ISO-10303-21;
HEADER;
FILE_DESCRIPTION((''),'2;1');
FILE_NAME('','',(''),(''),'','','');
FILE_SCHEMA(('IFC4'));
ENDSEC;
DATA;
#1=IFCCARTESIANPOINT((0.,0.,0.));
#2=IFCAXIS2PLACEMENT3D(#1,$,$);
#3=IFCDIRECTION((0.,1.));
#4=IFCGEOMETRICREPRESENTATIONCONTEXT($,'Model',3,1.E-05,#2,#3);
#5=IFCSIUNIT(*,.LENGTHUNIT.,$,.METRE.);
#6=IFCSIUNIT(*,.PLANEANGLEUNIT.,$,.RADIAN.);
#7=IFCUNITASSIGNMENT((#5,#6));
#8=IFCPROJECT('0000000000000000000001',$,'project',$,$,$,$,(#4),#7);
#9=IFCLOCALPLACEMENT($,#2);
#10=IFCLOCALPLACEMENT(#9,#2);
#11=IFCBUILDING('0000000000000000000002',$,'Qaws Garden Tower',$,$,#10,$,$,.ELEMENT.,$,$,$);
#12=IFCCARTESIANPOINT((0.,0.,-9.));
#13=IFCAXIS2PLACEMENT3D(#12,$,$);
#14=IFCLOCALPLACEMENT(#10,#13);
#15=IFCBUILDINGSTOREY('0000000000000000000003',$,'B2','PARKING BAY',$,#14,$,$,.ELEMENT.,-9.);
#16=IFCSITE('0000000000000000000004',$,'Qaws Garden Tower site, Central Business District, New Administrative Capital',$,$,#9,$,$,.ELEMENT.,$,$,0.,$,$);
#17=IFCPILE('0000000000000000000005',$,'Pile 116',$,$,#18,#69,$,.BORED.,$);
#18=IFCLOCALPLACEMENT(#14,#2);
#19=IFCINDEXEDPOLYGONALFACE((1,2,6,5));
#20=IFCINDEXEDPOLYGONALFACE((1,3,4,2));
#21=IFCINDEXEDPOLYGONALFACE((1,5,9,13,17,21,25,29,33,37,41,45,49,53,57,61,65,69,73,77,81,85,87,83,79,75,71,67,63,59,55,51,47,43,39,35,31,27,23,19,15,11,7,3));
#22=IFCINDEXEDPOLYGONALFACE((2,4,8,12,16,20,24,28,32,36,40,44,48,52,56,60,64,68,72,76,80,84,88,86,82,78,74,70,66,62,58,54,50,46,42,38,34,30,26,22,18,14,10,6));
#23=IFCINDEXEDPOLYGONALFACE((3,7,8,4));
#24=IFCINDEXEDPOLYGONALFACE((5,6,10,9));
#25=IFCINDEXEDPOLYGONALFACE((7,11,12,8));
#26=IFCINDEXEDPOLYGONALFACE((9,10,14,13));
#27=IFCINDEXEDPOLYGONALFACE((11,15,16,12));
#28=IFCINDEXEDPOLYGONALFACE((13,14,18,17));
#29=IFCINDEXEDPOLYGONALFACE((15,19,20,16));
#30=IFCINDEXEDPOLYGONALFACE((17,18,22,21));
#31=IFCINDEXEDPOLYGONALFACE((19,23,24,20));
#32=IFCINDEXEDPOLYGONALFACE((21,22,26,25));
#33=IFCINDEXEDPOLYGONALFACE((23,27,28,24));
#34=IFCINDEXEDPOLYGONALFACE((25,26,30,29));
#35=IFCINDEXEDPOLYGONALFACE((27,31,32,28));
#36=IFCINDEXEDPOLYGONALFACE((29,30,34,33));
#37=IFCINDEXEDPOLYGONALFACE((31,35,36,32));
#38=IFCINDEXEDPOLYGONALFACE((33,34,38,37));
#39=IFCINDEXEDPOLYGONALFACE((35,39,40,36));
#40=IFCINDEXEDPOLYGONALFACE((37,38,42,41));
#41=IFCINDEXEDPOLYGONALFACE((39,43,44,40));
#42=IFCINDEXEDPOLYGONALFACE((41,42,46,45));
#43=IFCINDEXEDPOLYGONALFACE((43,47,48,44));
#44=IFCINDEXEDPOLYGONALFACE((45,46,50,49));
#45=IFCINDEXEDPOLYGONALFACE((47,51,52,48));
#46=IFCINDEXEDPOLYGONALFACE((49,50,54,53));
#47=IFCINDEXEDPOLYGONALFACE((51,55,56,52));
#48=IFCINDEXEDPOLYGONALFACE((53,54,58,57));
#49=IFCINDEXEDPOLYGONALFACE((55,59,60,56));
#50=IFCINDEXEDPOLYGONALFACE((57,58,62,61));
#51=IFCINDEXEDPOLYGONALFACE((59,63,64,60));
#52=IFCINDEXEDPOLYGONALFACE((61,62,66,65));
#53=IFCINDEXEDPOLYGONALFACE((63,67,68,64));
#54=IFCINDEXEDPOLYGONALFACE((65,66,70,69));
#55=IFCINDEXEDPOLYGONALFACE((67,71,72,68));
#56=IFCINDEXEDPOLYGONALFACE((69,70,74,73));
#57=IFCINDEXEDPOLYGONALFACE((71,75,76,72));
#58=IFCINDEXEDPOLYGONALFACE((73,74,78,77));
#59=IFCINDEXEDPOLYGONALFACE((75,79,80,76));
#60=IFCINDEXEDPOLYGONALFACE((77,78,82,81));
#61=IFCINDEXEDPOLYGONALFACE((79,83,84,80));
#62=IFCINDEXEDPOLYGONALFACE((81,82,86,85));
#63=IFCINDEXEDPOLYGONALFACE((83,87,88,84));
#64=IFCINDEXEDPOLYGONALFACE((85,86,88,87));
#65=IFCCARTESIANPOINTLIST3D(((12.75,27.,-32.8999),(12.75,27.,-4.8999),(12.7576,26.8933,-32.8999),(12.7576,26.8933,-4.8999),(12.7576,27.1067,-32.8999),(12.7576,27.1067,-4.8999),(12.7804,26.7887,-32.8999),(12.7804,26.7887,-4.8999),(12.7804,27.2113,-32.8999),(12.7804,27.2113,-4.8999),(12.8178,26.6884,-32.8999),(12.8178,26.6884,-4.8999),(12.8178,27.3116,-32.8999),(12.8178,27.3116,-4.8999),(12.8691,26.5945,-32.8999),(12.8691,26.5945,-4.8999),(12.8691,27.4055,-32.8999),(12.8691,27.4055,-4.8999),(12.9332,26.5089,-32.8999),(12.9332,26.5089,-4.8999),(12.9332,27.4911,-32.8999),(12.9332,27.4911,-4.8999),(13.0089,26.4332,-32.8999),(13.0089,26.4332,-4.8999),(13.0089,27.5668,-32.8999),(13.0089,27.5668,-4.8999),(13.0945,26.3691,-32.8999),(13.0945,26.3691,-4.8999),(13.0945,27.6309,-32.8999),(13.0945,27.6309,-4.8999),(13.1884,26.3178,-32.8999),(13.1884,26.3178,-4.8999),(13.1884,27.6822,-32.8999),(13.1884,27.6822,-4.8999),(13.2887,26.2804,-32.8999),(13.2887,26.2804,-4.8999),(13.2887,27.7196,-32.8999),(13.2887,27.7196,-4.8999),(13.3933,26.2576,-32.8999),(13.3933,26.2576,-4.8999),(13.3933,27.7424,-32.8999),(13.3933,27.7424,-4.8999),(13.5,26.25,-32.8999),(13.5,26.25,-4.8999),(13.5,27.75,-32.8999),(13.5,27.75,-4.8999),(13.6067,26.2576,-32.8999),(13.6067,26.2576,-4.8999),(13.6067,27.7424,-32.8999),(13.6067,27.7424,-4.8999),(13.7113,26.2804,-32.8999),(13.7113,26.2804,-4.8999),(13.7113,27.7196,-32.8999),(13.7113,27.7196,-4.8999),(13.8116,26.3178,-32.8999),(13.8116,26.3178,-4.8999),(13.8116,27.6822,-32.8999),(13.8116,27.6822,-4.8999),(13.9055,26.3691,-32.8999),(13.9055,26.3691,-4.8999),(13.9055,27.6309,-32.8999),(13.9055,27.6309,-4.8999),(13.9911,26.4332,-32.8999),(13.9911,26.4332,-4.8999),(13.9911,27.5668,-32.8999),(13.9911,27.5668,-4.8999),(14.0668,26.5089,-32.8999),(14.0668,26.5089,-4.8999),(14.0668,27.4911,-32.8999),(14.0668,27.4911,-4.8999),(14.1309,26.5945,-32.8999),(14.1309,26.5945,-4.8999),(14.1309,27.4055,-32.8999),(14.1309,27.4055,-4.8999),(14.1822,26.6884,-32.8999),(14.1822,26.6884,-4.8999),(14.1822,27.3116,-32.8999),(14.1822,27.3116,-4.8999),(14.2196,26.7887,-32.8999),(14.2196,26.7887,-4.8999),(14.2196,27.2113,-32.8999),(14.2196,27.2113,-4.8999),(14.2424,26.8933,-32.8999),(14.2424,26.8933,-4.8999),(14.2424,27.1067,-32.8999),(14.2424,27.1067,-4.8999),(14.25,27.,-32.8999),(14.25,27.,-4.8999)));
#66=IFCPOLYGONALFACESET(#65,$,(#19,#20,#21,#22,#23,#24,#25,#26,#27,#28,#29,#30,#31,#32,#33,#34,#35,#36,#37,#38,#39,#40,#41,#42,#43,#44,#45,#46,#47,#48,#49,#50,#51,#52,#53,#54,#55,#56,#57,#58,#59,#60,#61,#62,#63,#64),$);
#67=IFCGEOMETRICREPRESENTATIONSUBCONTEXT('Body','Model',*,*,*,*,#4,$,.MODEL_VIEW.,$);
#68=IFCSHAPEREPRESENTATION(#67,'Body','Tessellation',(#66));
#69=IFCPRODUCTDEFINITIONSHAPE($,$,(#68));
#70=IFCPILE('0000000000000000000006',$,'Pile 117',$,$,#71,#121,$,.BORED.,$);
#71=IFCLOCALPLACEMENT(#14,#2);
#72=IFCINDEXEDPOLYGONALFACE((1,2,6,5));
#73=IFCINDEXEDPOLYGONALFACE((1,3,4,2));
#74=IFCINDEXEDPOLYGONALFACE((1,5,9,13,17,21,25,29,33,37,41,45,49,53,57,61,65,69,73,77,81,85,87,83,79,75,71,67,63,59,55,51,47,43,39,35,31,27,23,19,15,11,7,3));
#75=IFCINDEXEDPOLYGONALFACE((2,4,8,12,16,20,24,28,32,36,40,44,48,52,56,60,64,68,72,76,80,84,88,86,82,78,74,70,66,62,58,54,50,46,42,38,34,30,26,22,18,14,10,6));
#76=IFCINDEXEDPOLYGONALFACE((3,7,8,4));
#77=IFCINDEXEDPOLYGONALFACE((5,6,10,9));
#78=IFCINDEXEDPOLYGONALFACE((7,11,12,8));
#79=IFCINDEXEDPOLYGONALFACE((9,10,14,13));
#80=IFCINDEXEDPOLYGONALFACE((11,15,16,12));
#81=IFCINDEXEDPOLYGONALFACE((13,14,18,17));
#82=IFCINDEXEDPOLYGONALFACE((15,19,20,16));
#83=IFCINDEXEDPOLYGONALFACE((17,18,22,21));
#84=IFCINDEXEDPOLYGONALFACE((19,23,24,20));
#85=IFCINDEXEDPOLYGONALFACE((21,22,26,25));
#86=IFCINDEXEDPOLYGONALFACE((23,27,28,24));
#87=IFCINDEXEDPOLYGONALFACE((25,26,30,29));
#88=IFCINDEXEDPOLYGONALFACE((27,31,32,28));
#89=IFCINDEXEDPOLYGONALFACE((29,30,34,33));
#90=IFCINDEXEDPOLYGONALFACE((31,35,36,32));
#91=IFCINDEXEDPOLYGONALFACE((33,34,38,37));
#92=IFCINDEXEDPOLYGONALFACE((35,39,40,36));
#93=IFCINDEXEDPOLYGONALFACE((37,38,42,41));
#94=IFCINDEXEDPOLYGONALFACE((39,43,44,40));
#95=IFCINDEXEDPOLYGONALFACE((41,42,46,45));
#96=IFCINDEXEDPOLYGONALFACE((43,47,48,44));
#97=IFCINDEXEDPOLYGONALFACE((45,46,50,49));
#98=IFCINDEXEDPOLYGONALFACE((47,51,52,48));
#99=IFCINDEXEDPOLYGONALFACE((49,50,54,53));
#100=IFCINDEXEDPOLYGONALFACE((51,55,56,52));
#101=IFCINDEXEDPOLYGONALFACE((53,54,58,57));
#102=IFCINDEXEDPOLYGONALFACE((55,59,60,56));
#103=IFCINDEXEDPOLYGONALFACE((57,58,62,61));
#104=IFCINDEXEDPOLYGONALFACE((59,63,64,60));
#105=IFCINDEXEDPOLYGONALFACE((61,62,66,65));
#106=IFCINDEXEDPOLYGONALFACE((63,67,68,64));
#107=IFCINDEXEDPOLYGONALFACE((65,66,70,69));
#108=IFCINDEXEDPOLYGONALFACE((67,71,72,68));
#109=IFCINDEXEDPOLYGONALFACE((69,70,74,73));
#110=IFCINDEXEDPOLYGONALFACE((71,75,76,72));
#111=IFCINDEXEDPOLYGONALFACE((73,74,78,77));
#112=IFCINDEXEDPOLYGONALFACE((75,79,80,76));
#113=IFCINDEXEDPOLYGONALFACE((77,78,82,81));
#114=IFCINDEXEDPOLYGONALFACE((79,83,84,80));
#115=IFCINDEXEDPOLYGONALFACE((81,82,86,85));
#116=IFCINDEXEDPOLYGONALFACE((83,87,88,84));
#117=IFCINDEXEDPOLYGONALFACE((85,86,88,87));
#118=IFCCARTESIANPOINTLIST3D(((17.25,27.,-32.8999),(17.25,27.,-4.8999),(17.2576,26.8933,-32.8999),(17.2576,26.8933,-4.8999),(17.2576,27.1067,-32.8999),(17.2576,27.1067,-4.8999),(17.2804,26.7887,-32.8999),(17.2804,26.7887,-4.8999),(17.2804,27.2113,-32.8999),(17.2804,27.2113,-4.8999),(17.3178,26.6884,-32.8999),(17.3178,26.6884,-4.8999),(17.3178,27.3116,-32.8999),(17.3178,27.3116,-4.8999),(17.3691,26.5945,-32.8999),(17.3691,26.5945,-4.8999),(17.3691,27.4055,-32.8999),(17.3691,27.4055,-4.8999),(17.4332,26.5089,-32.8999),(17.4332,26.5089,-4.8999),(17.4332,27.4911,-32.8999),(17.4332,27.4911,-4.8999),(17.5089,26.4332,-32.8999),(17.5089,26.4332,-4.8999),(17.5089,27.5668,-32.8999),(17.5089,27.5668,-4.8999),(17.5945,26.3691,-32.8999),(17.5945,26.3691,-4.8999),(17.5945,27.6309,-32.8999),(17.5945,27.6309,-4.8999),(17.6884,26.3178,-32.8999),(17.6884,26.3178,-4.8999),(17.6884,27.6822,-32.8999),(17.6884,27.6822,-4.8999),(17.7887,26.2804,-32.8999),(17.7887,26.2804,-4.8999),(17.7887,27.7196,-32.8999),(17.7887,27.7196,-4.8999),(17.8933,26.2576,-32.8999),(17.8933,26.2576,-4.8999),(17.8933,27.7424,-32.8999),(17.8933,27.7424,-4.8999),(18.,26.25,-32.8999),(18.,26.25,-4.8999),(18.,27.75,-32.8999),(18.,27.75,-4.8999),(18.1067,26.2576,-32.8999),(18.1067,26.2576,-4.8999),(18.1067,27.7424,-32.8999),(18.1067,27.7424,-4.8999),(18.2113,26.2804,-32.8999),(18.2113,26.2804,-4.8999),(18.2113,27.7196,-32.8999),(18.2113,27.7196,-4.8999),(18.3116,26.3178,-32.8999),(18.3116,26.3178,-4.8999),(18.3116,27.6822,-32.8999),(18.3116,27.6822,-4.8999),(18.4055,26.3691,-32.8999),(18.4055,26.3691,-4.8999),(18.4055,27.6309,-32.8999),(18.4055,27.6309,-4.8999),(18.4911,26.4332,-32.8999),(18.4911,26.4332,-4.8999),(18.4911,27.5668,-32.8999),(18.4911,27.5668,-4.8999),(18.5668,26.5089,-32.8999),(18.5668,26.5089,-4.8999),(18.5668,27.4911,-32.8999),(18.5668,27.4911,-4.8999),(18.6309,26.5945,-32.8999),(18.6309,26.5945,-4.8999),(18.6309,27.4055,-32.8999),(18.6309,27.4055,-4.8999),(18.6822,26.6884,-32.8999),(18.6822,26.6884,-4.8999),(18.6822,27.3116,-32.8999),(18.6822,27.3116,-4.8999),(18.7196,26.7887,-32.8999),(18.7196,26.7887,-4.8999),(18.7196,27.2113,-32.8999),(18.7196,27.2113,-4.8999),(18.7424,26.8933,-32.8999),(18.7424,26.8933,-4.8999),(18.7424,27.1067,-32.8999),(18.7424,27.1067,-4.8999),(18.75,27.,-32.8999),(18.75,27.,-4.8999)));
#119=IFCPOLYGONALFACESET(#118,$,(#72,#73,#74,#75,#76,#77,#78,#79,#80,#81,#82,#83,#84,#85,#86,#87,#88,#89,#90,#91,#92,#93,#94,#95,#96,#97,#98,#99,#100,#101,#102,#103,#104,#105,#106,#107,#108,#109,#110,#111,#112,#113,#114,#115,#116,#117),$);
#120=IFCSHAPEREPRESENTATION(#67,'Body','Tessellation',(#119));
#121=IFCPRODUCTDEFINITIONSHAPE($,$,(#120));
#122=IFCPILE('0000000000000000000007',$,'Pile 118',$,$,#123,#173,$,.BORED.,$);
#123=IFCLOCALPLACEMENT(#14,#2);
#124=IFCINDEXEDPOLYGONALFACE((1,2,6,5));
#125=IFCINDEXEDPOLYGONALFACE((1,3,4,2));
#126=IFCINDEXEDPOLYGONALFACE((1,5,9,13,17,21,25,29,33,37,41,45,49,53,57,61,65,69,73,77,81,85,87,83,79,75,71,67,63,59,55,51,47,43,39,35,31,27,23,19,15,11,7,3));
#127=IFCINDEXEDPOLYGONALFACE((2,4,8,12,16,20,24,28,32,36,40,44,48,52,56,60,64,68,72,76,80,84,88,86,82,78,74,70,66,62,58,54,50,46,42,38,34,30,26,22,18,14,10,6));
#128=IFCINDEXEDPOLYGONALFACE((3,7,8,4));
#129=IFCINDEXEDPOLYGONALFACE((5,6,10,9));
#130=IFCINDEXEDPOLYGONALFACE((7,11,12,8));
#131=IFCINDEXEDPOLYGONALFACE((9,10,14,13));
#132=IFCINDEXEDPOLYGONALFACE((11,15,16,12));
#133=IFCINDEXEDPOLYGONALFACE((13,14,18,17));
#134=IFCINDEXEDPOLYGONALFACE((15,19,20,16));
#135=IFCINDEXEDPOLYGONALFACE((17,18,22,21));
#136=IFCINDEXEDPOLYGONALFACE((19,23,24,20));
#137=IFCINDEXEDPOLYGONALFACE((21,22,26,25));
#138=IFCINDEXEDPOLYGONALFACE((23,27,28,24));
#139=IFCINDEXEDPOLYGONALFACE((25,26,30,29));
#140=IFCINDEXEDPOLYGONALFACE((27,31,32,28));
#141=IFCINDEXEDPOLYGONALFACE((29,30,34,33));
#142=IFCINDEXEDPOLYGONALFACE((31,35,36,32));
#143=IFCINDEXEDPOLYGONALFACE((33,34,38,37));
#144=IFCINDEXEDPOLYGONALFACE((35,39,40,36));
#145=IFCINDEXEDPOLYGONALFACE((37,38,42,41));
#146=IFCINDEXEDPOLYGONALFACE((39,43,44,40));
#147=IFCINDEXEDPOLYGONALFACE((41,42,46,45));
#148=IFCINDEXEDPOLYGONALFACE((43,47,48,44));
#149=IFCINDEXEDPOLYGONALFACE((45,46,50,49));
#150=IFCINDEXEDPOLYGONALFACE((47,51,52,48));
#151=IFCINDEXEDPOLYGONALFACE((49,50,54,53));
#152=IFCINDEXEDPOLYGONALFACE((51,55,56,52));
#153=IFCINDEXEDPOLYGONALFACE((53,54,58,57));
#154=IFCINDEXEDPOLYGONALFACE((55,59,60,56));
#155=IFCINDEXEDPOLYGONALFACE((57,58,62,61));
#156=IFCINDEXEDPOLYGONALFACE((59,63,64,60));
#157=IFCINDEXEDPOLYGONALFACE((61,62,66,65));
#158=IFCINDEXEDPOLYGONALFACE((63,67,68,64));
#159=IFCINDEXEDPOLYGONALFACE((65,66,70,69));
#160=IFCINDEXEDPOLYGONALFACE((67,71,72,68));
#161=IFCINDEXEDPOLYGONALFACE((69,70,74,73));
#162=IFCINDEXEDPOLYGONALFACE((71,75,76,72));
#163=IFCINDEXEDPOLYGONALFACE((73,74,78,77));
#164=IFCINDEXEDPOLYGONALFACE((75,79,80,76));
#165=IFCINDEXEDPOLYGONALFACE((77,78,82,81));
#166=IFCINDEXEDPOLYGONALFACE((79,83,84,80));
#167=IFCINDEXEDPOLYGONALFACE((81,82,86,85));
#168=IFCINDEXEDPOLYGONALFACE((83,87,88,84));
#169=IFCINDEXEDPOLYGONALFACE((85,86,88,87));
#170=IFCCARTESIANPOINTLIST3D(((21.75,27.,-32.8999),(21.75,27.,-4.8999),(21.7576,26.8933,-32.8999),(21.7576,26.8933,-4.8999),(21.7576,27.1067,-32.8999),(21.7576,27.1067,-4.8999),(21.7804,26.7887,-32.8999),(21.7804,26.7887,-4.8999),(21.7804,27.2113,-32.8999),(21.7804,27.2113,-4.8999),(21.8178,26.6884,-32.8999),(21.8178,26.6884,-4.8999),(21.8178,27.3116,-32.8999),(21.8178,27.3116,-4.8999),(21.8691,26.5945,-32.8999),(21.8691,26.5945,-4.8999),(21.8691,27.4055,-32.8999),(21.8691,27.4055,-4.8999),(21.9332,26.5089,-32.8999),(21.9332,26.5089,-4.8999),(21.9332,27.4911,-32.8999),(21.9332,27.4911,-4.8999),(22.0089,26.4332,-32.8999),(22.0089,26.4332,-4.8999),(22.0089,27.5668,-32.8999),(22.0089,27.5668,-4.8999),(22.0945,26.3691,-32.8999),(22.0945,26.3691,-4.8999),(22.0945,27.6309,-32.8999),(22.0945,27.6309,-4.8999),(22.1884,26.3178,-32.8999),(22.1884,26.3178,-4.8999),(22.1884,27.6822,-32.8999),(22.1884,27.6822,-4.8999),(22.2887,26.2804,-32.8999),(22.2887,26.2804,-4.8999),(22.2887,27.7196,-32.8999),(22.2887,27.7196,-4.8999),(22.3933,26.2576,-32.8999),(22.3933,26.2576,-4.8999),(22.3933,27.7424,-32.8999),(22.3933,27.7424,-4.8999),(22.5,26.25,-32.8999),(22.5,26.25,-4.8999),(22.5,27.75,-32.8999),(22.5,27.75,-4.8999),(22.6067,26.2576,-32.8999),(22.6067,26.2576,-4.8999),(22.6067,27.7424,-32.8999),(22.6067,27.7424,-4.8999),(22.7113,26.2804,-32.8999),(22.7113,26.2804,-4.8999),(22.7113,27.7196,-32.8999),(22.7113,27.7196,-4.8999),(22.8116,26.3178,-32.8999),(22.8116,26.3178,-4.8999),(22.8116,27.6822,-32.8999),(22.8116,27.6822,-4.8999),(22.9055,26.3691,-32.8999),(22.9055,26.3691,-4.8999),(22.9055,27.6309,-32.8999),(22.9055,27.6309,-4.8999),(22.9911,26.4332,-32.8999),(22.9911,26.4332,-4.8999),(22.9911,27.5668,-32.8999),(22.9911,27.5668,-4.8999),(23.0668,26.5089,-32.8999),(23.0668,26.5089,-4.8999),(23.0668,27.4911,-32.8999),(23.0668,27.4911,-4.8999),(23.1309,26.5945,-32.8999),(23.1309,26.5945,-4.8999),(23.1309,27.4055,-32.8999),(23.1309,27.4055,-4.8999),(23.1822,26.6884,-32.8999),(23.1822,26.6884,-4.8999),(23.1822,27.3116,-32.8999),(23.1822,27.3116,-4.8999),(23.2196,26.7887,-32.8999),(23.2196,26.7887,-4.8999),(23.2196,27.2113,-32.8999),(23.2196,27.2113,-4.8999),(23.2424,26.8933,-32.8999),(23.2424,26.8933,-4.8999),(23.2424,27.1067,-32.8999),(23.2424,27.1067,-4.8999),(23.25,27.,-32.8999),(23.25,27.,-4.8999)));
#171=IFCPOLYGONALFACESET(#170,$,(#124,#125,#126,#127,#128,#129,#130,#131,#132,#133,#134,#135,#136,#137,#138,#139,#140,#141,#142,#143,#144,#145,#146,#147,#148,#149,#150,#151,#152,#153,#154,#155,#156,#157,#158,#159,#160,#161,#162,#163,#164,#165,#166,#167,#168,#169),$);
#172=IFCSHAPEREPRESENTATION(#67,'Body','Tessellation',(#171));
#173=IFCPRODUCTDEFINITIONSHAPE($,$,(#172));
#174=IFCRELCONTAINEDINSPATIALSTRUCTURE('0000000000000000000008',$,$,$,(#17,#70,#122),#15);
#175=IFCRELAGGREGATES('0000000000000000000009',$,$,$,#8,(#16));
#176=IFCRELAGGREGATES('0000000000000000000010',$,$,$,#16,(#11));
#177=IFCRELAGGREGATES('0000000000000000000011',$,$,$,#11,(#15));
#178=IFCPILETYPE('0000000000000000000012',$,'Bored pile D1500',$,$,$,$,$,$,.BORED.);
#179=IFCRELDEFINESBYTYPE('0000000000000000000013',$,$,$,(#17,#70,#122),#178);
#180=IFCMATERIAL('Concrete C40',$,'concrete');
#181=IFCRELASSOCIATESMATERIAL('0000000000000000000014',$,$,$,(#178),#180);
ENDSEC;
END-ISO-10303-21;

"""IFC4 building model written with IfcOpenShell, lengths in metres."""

from ifc_helpers import new_model, si_unit, direction, frame, origin, origin_2d, place, context, subcontext, project, spatial, circle, extrude, material, material_profile, profile_set, type_object, element, save


model = new_model("IFC4")

# Units and contexts
model_context = context("Model", 3, precision=1e-05, world=origin(), true_north=direction((0.0, 1.0)))
body_context = subcontext(model_context, "Body", "Model", "MODEL_VIEW")
ifc_project = project(units=[si_unit("LENGTHUNIT", "METRE"), si_unit("PLANEANGLEUNIT", "RADIAN")], contexts=[model_context])

# Site, building, storey
site_placement = place(None, origin())
site = spatial("IfcSite", under=ifc_project, at=site_placement, Name="Qaws Garden Tower site, Central Business District, New Administrative Capital", CompositionType="ELEMENT", RefElevation=0.0)
building_placement = place(site_placement, origin())
building = spatial("IfcBuilding", under=site, at=building_placement, Name="Qaws Garden Tower", CompositionType="ELEMENT")
storey_placement = place(building_placement, frame((0.0, 0.0, -9.0)))
storey = spatial("IfcBuildingStorey", under=building, at=storey_placement, Name="B2", Description="PARKING BAY", CompositionType="ELEMENT", Elevation=-9.0)

# Piles
ifc_material_1 = material(Name="Concrete C40", Category="concrete")
ifc_material_profile_1 = material_profile(ifc_material_1, circle(Radius=0.75, at=origin_2d()), Name="Bored pile D1500")
ifc_profile_set_1 = profile_set([ifc_material_profile_1], Name="Concrete C40")
pile_type = type_object("IfcPileType", Name="Bored pile D1500", PredefinedType="BORED", material=ifc_profile_set_1)
for number, where, z_axis, x_axis, name in (
    (1, (13.5, 27.0, -4.8999), (0.0, 0.0, -1.0), (1.0, 0.0, 0.0), "Pile 116"),
    (2, (18.0, 27.0, -4.8999), (0.0, 0.0, -1.0), (1.0, 0.0, 0.0), "Pile 117"),
    (3, (22.5, 27.0, -4.8999), (0.0, 0.0, -1.0), (1.0, 0.0, 0.0), "Pile 118"),
):
    element("IfcPile", number, at=place(storey_placement, frame(where, z_axis=z_axis, x_axis=x_axis)), inside=storey, type_object=pile_type, Name=name, PredefinedType="BORED", context=body_context, shape_type="SweptSolid", body=[
        extrude(circle(Radius=0.75, at=origin_2d()), origin(), (0.0, 0.0, 1.0), 28.0),
    ])

save(model, "model.ifc")
